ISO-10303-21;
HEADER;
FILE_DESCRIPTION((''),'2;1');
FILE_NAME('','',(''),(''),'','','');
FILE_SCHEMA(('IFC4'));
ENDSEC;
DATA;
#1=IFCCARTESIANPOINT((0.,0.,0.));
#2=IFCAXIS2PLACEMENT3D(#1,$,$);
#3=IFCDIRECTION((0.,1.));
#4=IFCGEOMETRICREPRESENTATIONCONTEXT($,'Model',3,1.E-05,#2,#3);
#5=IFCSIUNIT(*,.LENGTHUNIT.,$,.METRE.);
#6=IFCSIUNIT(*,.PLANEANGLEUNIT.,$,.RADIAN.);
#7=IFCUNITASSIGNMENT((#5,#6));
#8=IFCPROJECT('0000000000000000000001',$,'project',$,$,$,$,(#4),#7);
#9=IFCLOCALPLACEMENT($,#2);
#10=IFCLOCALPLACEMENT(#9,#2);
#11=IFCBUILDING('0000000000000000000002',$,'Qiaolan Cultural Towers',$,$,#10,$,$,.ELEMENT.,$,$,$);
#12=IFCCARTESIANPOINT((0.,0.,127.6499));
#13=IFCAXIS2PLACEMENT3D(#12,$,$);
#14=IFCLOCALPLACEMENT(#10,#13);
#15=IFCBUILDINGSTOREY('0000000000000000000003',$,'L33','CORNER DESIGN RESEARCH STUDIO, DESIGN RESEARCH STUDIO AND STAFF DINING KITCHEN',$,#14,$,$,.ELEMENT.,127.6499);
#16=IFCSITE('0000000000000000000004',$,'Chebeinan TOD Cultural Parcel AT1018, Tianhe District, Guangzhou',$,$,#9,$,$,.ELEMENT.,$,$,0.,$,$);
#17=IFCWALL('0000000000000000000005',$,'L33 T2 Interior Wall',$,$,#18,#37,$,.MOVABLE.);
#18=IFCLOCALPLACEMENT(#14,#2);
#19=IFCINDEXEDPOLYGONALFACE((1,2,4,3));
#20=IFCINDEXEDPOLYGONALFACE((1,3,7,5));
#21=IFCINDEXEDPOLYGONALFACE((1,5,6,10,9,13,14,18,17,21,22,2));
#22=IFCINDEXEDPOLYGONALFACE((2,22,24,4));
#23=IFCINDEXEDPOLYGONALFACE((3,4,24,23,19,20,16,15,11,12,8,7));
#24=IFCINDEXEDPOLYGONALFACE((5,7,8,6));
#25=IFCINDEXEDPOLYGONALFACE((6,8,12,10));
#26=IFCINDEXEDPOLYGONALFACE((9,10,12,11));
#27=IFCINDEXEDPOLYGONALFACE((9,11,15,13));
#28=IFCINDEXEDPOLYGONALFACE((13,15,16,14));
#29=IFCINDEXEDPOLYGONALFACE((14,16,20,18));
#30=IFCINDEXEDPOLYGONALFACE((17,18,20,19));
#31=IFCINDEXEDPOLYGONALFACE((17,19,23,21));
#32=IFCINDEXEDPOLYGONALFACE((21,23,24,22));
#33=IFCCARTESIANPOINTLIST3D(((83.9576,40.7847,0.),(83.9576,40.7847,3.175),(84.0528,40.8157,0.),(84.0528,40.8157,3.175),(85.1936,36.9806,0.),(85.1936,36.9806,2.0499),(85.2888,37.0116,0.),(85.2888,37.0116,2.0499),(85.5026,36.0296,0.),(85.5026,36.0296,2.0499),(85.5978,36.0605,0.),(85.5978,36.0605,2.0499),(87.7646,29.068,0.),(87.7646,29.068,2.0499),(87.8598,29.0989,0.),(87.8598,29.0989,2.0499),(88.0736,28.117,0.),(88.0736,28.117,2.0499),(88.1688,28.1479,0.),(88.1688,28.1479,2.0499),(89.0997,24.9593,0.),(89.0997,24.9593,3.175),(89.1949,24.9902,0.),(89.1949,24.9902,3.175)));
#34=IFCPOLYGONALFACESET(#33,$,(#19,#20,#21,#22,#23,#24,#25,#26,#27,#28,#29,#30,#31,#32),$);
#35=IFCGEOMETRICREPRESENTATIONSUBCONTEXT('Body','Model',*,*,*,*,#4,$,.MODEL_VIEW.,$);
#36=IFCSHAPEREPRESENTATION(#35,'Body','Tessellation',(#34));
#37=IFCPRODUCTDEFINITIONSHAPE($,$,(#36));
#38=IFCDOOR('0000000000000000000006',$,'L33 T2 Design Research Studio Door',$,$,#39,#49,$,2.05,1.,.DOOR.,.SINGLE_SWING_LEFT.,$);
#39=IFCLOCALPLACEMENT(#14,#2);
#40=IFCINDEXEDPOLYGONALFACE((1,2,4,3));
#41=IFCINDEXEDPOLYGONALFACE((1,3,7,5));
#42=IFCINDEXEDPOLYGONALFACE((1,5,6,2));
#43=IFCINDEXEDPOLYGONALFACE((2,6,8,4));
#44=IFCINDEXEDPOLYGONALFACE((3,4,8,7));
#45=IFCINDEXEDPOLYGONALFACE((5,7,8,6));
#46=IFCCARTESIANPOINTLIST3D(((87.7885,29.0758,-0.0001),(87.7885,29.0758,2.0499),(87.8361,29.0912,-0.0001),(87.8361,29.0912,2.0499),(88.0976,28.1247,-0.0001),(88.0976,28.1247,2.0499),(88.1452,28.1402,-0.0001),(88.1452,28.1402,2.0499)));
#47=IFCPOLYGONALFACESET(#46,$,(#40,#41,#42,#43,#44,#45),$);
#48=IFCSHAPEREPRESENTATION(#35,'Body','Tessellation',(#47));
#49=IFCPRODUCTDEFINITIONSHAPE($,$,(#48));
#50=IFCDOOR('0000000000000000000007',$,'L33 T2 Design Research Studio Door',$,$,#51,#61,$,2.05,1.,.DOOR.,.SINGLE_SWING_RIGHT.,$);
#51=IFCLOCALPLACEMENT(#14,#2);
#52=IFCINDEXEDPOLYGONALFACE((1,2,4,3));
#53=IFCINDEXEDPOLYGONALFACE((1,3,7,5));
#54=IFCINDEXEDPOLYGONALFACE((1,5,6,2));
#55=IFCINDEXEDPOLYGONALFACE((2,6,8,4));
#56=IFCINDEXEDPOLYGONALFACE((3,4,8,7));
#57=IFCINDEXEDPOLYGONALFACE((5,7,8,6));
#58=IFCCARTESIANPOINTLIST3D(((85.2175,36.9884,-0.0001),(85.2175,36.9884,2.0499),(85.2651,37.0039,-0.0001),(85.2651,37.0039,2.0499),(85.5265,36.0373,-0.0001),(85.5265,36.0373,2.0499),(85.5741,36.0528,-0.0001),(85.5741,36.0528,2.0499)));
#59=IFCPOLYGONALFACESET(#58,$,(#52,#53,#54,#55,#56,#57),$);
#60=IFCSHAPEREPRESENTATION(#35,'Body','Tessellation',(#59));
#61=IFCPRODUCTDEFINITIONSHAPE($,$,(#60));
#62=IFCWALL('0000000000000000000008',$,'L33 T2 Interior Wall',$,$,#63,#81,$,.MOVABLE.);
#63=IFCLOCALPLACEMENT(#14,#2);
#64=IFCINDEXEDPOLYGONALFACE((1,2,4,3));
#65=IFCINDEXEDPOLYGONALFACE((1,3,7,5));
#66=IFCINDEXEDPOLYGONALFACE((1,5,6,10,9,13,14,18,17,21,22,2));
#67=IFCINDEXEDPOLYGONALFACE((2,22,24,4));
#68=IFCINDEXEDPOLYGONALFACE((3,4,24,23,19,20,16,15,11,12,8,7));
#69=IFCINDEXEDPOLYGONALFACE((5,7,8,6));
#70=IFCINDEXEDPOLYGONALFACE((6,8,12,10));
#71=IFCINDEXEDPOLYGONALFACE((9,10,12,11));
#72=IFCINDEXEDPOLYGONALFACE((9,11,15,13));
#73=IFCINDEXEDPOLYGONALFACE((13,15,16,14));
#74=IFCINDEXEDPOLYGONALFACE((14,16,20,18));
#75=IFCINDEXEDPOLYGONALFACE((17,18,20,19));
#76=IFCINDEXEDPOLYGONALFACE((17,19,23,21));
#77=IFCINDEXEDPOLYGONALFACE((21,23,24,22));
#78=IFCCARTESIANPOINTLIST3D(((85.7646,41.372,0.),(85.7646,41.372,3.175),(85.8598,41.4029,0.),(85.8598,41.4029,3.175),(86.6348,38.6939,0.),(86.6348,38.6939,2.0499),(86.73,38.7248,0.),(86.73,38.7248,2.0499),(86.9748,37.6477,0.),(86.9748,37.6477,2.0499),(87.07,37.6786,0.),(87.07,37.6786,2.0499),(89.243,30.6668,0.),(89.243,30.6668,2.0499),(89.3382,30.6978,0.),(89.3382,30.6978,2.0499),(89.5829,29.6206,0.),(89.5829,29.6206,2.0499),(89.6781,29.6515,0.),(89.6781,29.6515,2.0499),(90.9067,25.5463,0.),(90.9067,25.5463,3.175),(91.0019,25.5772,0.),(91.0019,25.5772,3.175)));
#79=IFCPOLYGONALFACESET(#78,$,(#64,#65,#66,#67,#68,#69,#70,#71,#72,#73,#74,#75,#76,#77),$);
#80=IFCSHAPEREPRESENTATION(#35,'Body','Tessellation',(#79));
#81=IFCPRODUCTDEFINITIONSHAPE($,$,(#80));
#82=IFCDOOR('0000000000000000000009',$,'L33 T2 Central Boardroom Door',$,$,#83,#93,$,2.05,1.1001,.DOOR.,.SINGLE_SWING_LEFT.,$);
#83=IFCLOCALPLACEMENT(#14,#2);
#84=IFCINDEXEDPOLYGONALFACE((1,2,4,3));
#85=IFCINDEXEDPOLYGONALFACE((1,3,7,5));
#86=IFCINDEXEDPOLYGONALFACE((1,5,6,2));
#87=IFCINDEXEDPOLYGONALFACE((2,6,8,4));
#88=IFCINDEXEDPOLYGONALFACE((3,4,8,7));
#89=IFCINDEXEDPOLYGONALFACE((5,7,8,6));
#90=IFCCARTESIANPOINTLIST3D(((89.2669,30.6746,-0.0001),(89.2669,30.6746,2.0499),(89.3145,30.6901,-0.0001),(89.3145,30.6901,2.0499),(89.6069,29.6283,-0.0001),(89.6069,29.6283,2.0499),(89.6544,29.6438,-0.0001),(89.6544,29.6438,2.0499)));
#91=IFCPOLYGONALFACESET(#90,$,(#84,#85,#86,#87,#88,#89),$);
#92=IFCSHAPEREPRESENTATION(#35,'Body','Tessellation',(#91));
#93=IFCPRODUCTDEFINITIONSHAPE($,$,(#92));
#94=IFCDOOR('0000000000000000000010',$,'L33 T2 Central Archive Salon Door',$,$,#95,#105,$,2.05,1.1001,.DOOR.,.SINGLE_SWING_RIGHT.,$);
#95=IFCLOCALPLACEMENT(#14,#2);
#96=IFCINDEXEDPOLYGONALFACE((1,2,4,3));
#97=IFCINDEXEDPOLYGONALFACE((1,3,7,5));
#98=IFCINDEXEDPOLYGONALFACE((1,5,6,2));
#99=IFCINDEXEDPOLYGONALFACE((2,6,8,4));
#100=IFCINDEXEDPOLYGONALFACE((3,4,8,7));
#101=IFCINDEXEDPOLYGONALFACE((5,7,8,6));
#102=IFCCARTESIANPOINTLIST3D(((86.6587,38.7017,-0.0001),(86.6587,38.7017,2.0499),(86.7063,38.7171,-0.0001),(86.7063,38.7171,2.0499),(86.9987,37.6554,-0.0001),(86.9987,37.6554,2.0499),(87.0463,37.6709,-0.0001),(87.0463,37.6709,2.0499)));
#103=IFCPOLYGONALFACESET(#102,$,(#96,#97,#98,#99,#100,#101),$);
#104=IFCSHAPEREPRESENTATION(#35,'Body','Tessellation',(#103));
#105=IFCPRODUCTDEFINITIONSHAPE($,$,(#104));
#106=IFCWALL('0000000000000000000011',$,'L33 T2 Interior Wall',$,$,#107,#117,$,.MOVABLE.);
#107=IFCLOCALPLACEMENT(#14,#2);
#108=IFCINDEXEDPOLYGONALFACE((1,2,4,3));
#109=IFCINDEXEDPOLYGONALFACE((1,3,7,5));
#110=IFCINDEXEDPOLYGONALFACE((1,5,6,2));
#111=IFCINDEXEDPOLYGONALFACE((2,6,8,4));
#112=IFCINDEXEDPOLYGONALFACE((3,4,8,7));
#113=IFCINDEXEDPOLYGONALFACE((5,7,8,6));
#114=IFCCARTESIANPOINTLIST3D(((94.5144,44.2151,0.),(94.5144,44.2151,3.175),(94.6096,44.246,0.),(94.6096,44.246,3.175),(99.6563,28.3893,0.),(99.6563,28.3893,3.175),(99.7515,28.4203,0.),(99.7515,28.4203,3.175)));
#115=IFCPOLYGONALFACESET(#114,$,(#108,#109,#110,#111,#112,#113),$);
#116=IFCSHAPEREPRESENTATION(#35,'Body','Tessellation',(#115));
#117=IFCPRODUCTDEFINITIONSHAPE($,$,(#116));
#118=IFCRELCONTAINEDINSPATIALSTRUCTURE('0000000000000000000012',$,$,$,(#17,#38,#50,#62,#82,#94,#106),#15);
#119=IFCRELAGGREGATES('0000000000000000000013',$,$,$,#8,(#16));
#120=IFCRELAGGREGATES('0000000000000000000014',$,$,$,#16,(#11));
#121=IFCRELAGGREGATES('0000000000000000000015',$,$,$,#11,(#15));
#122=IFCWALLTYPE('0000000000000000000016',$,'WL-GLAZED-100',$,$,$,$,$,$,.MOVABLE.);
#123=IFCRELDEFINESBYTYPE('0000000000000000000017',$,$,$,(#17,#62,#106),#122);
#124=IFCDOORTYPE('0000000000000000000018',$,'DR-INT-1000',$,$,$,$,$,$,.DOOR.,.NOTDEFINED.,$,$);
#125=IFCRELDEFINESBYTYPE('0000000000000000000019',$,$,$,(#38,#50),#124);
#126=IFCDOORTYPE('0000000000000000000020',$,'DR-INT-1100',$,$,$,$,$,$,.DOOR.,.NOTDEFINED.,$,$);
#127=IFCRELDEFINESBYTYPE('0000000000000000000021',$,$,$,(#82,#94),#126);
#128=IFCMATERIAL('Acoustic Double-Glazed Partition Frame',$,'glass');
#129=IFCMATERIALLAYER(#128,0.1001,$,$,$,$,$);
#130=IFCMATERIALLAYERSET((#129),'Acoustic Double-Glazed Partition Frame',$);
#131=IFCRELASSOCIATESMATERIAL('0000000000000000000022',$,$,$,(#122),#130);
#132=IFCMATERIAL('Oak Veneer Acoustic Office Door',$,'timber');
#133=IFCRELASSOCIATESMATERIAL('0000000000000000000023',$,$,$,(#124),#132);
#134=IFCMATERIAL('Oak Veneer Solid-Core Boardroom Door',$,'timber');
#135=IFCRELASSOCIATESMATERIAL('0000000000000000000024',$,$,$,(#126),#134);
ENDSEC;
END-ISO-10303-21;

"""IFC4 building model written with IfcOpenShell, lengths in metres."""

from ifc_helpers import new_model, si_unit, direction, frame, frame_2d, origin, place, context, subcontext, project, spatial, rectangle, extrude, material, layer, layer_set, type_object, element, fill, save


model = new_model("IFC4")

# Units and contexts
model_context = context("Model", 3, precision=1e-05, world=origin(), true_north=direction((0.0, 1.0)))
body_context = subcontext(model_context, "Body", "Model", "MODEL_VIEW")
ifc_project = project(units=[si_unit("LENGTHUNIT", "METRE"), si_unit("PLANEANGLEUNIT", "RADIAN")], contexts=[model_context])

# Site, building, storey
site_placement = place(None, origin())
site = spatial("IfcSite", under=ifc_project, at=site_placement, Name="Chebeinan TOD Cultural Parcel AT1018, Tianhe District, Guangzhou", CompositionType="ELEMENT", RefElevation=0.0)
building_placement = place(site_placement, origin())
building = spatial("IfcBuilding", under=site, at=building_placement, Name="Qiaolan Cultural Towers", CompositionType="ELEMENT")
storey_placement = place(building_placement, frame((0.0, 0.0, 127.6499)))
storey = spatial("IfcBuildingStorey", under=building, at=storey_placement, Name="L33", Description="CORNER DESIGN RESEARCH STUDIO, DESIGN RESEARCH STUDIO AND STAFF DINING KITCHEN", CompositionType="ELEMENT", Elevation=127.6499)

# Shared definitions
ifc_material_1 = material(Name="Acoustic Double-Glazed Partition Frame", Category="glass")
ifc_layer_1 = layer(ifc_material_1, 0.1001)
ifc_layer_set_1 = layer_set([ifc_layer_1], Name="Acoustic Double-Glazed Partition Frame")
wall_type_1 = type_object("IfcWallType", Name="WL-GLAZED-100", PredefinedType="MOVABLE", material=ifc_layer_set_1)

# Walls, openings, doors
wall_1_placement = place(storey_placement, frame((89.1472, 24.9749, 0.0), z_axis=(0.0, 0.0, 1.0), x_axis=(-0.309022, 0.951055, 0.0)))
wall_1 = element("IfcWall", 1, at=wall_1_placement, inside=storey, type_object=wall_type_1, Name="L33 T2 Interior Wall", PredefinedType="MOVABLE", context=body_context, shape_type="SweptSolid", body=[
    extrude(rectangle(XDim=16.6399, YDim=0.1001, at=frame_2d((8.3198, 0.0))), origin(), (0.0, 0.0, 1.0), 3.175),
])
opening_1_placement = place(wall_1_placement, frame((3.3201, 0.0, 0.0)))
opening_1 = element("IfcOpeningElement", 2, at=opening_1_placement, cuts=wall_1, PredefinedType="OPENING", context=body_context, shape_type="SweptSolid", body=[
    extrude(rectangle(XDim=1.0, YDim=2.05, at=frame_2d((0.5, 1.0249))), frame((0.0, 0.0601, 0.0), z_axis=(0.0, -1.0, 0.0), x_axis=(1.0, 0.0, 0.0)), (0.0, 0.0, 1.0), 0.1201),
])
opening_2_placement = place(wall_1_placement, frame((11.6399, 0.0, 0.0)))
opening_2 = element("IfcOpeningElement", 3, at=opening_2_placement, cuts=wall_1, PredefinedType="OPENING", context=body_context, shape_type="SweptSolid", body=[
    extrude(rectangle(XDim=1.0, YDim=2.05, at=frame_2d((0.5, 1.0249))), frame((0.0, 0.0601, 0.0), z_axis=(0.0, -1.0, 0.0), x_axis=(1.0, 0.0, 0.0)), (0.0, 0.0, 1.0), 0.1201),
])
ifc_material_2 = material(Name="Oak Veneer Acoustic Office Door", Category="timber")
door_type_1 = type_object("IfcDoorType", Name="DR-INT-1000", OperationType="NOTDEFINED", PredefinedType="DOOR", material=ifc_material_2)
door_1_placement = place(opening_1_placement, origin())
door_1 = element("IfcDoor", 4, at=door_1_placement, inside=storey, type_object=door_type_1, Name="L33 T2 Design Research Studio Door", OperationType="SINGLE_SWING_LEFT", OverallHeight=2.05, OverallWidth=1.0, PredefinedType="DOOR", context=body_context, shape_type="SweptSolid", body=[
    extrude(rectangle(XDim=1.0, YDim=2.05, at=frame_2d((0.5, 1.0249))), frame((0.0, 0.0249, 0.0), z_axis=(0.0, -1.0, 0.0), x_axis=(1.0, 0.0, 0.0)), (0.0, 0.0, 1.0), 0.05),
])
fill(opening_1, door_1)
door_2_placement = place(opening_2_placement, origin())
door_2 = element("IfcDoor", 5, at=door_2_placement, inside=storey, type_object=door_type_1, Name="L33 T2 Design Research Studio Door", OperationType="SINGLE_SWING_RIGHT", OverallHeight=2.05, OverallWidth=1.0, PredefinedType="DOOR", context=body_context, shape_type="SweptSolid", body=[
    extrude(rectangle(XDim=1.0, YDim=2.05, at=frame_2d((0.5, 1.0249))), frame((0.0, 0.0249, 0.0), z_axis=(0.0, -1.0, 0.0), x_axis=(1.0, 0.0, 0.0)), (0.0, 0.0, 1.0), 0.05),
])
fill(opening_2, door_2)
wall_2_placement = place(storey_placement, frame((90.9543, 25.5618, 0.0), z_axis=(0.0, 0.0, 1.0), x_axis=(-0.309018, 0.951056, 0.0)))
wall_2 = element("IfcWall", 6, at=wall_2_placement, inside=storey, type_object=wall_type_1, Name="L33 T2 Interior Wall", PredefinedType="MOVABLE", context=body_context, shape_type="SweptSolid", body=[
    extrude(rectangle(XDim=16.6401, YDim=0.1001, at=frame_2d((8.3201, 0.0))), origin(), (0.0, 0.0, 1.0), 3.175),
])
opening_3_placement = place(wall_2_placement, frame((4.2839, 0.0, 0.0)))
opening_3 = element("IfcOpeningElement", 7, at=opening_3_placement, cuts=wall_2, PredefinedType="OPENING", context=body_context, shape_type="SweptSolid", body=[
    extrude(rectangle(XDim=1.1001, YDim=2.05, at=frame_2d((0.55, 1.0249))), frame((0.0, 0.0601, 0.0), z_axis=(0.0, -1.0, 0.0), x_axis=(1.0, 0.0, 0.0)), (0.0, 0.0, 1.0), 0.1201),
])
opening_4_placement = place(wall_2_placement, frame((12.7241, 0.0, 0.0)))
opening_4 = element("IfcOpeningElement", 8, at=opening_4_placement, cuts=wall_2, PredefinedType="OPENING", context=body_context, shape_type="SweptSolid", body=[
    extrude(rectangle(XDim=1.1001, YDim=2.05, at=frame_2d((0.55, 1.0249))), frame((0.0, 0.0601, 0.0), z_axis=(0.0, -1.0, 0.0), x_axis=(1.0, 0.0, 0.0)), (0.0, 0.0, 1.0), 0.1201),
])
ifc_material_3 = material(Name="Oak Veneer Solid-Core Boardroom Door", Category="timber")
door_type_2 = type_object("IfcDoorType", Name="DR-INT-1100", OperationType="NOTDEFINED", PredefinedType="DOOR", material=ifc_material_3)
door_3_placement = place(opening_3_placement, origin())
door_3 = element("IfcDoor", 9, at=door_3_placement, inside=storey, type_object=door_type_2, Name="L33 T2 Central Boardroom Door", OperationType="SINGLE_SWING_LEFT", OverallHeight=2.05, OverallWidth=1.1001, PredefinedType="DOOR", context=body_context, shape_type="SweptSolid", body=[
    extrude(rectangle(XDim=1.1001, YDim=2.05, at=frame_2d((0.55, 1.0249))), frame((0.0, 0.0249, 0.0), z_axis=(0.0, -1.0, 0.0), x_axis=(1.0, 0.0, 0.0)), (0.0, 0.0, 1.0), 0.05),
])
fill(opening_3, door_3)
door_4_placement = place(opening_4_placement, origin())
door_4 = element("IfcDoor", 10, at=door_4_placement, inside=storey, type_object=door_type_2, Name="L33 T2 Central Archive Salon Door", OperationType="SINGLE_SWING_RIGHT", OverallHeight=2.05, OverallWidth=1.1001, PredefinedType="DOOR", context=body_context, shape_type="SweptSolid", body=[
    extrude(rectangle(XDim=1.1001, YDim=2.05, at=frame_2d((0.55, 1.0249))), frame((0.0, 0.0249, 0.0), z_axis=(0.0, -1.0, 0.0), x_axis=(1.0, 0.0, 0.0)), (0.0, 0.0, 1.0), 0.05),
])
fill(opening_4, door_4)

# Wall
wall_3_placement = place(storey_placement, frame((99.7039, 28.4048, 0.0), z_axis=(0.0, 0.0, 1.0), x_axis=(-0.309004, 0.951061, 0.0)))
element("IfcWall", 11, at=wall_3_placement, inside=storey, type_object=wall_type_1, Name="L33 T2 Interior Wall", PredefinedType="MOVABLE", context=body_context, shape_type="SweptSolid", body=[
    extrude(rectangle(XDim=16.6401, YDim=0.1001, at=frame_2d((8.3201, 0.0))), origin(), (0.0, 0.0, 1.0), 3.175),
])

save(model, "model.ifc")
